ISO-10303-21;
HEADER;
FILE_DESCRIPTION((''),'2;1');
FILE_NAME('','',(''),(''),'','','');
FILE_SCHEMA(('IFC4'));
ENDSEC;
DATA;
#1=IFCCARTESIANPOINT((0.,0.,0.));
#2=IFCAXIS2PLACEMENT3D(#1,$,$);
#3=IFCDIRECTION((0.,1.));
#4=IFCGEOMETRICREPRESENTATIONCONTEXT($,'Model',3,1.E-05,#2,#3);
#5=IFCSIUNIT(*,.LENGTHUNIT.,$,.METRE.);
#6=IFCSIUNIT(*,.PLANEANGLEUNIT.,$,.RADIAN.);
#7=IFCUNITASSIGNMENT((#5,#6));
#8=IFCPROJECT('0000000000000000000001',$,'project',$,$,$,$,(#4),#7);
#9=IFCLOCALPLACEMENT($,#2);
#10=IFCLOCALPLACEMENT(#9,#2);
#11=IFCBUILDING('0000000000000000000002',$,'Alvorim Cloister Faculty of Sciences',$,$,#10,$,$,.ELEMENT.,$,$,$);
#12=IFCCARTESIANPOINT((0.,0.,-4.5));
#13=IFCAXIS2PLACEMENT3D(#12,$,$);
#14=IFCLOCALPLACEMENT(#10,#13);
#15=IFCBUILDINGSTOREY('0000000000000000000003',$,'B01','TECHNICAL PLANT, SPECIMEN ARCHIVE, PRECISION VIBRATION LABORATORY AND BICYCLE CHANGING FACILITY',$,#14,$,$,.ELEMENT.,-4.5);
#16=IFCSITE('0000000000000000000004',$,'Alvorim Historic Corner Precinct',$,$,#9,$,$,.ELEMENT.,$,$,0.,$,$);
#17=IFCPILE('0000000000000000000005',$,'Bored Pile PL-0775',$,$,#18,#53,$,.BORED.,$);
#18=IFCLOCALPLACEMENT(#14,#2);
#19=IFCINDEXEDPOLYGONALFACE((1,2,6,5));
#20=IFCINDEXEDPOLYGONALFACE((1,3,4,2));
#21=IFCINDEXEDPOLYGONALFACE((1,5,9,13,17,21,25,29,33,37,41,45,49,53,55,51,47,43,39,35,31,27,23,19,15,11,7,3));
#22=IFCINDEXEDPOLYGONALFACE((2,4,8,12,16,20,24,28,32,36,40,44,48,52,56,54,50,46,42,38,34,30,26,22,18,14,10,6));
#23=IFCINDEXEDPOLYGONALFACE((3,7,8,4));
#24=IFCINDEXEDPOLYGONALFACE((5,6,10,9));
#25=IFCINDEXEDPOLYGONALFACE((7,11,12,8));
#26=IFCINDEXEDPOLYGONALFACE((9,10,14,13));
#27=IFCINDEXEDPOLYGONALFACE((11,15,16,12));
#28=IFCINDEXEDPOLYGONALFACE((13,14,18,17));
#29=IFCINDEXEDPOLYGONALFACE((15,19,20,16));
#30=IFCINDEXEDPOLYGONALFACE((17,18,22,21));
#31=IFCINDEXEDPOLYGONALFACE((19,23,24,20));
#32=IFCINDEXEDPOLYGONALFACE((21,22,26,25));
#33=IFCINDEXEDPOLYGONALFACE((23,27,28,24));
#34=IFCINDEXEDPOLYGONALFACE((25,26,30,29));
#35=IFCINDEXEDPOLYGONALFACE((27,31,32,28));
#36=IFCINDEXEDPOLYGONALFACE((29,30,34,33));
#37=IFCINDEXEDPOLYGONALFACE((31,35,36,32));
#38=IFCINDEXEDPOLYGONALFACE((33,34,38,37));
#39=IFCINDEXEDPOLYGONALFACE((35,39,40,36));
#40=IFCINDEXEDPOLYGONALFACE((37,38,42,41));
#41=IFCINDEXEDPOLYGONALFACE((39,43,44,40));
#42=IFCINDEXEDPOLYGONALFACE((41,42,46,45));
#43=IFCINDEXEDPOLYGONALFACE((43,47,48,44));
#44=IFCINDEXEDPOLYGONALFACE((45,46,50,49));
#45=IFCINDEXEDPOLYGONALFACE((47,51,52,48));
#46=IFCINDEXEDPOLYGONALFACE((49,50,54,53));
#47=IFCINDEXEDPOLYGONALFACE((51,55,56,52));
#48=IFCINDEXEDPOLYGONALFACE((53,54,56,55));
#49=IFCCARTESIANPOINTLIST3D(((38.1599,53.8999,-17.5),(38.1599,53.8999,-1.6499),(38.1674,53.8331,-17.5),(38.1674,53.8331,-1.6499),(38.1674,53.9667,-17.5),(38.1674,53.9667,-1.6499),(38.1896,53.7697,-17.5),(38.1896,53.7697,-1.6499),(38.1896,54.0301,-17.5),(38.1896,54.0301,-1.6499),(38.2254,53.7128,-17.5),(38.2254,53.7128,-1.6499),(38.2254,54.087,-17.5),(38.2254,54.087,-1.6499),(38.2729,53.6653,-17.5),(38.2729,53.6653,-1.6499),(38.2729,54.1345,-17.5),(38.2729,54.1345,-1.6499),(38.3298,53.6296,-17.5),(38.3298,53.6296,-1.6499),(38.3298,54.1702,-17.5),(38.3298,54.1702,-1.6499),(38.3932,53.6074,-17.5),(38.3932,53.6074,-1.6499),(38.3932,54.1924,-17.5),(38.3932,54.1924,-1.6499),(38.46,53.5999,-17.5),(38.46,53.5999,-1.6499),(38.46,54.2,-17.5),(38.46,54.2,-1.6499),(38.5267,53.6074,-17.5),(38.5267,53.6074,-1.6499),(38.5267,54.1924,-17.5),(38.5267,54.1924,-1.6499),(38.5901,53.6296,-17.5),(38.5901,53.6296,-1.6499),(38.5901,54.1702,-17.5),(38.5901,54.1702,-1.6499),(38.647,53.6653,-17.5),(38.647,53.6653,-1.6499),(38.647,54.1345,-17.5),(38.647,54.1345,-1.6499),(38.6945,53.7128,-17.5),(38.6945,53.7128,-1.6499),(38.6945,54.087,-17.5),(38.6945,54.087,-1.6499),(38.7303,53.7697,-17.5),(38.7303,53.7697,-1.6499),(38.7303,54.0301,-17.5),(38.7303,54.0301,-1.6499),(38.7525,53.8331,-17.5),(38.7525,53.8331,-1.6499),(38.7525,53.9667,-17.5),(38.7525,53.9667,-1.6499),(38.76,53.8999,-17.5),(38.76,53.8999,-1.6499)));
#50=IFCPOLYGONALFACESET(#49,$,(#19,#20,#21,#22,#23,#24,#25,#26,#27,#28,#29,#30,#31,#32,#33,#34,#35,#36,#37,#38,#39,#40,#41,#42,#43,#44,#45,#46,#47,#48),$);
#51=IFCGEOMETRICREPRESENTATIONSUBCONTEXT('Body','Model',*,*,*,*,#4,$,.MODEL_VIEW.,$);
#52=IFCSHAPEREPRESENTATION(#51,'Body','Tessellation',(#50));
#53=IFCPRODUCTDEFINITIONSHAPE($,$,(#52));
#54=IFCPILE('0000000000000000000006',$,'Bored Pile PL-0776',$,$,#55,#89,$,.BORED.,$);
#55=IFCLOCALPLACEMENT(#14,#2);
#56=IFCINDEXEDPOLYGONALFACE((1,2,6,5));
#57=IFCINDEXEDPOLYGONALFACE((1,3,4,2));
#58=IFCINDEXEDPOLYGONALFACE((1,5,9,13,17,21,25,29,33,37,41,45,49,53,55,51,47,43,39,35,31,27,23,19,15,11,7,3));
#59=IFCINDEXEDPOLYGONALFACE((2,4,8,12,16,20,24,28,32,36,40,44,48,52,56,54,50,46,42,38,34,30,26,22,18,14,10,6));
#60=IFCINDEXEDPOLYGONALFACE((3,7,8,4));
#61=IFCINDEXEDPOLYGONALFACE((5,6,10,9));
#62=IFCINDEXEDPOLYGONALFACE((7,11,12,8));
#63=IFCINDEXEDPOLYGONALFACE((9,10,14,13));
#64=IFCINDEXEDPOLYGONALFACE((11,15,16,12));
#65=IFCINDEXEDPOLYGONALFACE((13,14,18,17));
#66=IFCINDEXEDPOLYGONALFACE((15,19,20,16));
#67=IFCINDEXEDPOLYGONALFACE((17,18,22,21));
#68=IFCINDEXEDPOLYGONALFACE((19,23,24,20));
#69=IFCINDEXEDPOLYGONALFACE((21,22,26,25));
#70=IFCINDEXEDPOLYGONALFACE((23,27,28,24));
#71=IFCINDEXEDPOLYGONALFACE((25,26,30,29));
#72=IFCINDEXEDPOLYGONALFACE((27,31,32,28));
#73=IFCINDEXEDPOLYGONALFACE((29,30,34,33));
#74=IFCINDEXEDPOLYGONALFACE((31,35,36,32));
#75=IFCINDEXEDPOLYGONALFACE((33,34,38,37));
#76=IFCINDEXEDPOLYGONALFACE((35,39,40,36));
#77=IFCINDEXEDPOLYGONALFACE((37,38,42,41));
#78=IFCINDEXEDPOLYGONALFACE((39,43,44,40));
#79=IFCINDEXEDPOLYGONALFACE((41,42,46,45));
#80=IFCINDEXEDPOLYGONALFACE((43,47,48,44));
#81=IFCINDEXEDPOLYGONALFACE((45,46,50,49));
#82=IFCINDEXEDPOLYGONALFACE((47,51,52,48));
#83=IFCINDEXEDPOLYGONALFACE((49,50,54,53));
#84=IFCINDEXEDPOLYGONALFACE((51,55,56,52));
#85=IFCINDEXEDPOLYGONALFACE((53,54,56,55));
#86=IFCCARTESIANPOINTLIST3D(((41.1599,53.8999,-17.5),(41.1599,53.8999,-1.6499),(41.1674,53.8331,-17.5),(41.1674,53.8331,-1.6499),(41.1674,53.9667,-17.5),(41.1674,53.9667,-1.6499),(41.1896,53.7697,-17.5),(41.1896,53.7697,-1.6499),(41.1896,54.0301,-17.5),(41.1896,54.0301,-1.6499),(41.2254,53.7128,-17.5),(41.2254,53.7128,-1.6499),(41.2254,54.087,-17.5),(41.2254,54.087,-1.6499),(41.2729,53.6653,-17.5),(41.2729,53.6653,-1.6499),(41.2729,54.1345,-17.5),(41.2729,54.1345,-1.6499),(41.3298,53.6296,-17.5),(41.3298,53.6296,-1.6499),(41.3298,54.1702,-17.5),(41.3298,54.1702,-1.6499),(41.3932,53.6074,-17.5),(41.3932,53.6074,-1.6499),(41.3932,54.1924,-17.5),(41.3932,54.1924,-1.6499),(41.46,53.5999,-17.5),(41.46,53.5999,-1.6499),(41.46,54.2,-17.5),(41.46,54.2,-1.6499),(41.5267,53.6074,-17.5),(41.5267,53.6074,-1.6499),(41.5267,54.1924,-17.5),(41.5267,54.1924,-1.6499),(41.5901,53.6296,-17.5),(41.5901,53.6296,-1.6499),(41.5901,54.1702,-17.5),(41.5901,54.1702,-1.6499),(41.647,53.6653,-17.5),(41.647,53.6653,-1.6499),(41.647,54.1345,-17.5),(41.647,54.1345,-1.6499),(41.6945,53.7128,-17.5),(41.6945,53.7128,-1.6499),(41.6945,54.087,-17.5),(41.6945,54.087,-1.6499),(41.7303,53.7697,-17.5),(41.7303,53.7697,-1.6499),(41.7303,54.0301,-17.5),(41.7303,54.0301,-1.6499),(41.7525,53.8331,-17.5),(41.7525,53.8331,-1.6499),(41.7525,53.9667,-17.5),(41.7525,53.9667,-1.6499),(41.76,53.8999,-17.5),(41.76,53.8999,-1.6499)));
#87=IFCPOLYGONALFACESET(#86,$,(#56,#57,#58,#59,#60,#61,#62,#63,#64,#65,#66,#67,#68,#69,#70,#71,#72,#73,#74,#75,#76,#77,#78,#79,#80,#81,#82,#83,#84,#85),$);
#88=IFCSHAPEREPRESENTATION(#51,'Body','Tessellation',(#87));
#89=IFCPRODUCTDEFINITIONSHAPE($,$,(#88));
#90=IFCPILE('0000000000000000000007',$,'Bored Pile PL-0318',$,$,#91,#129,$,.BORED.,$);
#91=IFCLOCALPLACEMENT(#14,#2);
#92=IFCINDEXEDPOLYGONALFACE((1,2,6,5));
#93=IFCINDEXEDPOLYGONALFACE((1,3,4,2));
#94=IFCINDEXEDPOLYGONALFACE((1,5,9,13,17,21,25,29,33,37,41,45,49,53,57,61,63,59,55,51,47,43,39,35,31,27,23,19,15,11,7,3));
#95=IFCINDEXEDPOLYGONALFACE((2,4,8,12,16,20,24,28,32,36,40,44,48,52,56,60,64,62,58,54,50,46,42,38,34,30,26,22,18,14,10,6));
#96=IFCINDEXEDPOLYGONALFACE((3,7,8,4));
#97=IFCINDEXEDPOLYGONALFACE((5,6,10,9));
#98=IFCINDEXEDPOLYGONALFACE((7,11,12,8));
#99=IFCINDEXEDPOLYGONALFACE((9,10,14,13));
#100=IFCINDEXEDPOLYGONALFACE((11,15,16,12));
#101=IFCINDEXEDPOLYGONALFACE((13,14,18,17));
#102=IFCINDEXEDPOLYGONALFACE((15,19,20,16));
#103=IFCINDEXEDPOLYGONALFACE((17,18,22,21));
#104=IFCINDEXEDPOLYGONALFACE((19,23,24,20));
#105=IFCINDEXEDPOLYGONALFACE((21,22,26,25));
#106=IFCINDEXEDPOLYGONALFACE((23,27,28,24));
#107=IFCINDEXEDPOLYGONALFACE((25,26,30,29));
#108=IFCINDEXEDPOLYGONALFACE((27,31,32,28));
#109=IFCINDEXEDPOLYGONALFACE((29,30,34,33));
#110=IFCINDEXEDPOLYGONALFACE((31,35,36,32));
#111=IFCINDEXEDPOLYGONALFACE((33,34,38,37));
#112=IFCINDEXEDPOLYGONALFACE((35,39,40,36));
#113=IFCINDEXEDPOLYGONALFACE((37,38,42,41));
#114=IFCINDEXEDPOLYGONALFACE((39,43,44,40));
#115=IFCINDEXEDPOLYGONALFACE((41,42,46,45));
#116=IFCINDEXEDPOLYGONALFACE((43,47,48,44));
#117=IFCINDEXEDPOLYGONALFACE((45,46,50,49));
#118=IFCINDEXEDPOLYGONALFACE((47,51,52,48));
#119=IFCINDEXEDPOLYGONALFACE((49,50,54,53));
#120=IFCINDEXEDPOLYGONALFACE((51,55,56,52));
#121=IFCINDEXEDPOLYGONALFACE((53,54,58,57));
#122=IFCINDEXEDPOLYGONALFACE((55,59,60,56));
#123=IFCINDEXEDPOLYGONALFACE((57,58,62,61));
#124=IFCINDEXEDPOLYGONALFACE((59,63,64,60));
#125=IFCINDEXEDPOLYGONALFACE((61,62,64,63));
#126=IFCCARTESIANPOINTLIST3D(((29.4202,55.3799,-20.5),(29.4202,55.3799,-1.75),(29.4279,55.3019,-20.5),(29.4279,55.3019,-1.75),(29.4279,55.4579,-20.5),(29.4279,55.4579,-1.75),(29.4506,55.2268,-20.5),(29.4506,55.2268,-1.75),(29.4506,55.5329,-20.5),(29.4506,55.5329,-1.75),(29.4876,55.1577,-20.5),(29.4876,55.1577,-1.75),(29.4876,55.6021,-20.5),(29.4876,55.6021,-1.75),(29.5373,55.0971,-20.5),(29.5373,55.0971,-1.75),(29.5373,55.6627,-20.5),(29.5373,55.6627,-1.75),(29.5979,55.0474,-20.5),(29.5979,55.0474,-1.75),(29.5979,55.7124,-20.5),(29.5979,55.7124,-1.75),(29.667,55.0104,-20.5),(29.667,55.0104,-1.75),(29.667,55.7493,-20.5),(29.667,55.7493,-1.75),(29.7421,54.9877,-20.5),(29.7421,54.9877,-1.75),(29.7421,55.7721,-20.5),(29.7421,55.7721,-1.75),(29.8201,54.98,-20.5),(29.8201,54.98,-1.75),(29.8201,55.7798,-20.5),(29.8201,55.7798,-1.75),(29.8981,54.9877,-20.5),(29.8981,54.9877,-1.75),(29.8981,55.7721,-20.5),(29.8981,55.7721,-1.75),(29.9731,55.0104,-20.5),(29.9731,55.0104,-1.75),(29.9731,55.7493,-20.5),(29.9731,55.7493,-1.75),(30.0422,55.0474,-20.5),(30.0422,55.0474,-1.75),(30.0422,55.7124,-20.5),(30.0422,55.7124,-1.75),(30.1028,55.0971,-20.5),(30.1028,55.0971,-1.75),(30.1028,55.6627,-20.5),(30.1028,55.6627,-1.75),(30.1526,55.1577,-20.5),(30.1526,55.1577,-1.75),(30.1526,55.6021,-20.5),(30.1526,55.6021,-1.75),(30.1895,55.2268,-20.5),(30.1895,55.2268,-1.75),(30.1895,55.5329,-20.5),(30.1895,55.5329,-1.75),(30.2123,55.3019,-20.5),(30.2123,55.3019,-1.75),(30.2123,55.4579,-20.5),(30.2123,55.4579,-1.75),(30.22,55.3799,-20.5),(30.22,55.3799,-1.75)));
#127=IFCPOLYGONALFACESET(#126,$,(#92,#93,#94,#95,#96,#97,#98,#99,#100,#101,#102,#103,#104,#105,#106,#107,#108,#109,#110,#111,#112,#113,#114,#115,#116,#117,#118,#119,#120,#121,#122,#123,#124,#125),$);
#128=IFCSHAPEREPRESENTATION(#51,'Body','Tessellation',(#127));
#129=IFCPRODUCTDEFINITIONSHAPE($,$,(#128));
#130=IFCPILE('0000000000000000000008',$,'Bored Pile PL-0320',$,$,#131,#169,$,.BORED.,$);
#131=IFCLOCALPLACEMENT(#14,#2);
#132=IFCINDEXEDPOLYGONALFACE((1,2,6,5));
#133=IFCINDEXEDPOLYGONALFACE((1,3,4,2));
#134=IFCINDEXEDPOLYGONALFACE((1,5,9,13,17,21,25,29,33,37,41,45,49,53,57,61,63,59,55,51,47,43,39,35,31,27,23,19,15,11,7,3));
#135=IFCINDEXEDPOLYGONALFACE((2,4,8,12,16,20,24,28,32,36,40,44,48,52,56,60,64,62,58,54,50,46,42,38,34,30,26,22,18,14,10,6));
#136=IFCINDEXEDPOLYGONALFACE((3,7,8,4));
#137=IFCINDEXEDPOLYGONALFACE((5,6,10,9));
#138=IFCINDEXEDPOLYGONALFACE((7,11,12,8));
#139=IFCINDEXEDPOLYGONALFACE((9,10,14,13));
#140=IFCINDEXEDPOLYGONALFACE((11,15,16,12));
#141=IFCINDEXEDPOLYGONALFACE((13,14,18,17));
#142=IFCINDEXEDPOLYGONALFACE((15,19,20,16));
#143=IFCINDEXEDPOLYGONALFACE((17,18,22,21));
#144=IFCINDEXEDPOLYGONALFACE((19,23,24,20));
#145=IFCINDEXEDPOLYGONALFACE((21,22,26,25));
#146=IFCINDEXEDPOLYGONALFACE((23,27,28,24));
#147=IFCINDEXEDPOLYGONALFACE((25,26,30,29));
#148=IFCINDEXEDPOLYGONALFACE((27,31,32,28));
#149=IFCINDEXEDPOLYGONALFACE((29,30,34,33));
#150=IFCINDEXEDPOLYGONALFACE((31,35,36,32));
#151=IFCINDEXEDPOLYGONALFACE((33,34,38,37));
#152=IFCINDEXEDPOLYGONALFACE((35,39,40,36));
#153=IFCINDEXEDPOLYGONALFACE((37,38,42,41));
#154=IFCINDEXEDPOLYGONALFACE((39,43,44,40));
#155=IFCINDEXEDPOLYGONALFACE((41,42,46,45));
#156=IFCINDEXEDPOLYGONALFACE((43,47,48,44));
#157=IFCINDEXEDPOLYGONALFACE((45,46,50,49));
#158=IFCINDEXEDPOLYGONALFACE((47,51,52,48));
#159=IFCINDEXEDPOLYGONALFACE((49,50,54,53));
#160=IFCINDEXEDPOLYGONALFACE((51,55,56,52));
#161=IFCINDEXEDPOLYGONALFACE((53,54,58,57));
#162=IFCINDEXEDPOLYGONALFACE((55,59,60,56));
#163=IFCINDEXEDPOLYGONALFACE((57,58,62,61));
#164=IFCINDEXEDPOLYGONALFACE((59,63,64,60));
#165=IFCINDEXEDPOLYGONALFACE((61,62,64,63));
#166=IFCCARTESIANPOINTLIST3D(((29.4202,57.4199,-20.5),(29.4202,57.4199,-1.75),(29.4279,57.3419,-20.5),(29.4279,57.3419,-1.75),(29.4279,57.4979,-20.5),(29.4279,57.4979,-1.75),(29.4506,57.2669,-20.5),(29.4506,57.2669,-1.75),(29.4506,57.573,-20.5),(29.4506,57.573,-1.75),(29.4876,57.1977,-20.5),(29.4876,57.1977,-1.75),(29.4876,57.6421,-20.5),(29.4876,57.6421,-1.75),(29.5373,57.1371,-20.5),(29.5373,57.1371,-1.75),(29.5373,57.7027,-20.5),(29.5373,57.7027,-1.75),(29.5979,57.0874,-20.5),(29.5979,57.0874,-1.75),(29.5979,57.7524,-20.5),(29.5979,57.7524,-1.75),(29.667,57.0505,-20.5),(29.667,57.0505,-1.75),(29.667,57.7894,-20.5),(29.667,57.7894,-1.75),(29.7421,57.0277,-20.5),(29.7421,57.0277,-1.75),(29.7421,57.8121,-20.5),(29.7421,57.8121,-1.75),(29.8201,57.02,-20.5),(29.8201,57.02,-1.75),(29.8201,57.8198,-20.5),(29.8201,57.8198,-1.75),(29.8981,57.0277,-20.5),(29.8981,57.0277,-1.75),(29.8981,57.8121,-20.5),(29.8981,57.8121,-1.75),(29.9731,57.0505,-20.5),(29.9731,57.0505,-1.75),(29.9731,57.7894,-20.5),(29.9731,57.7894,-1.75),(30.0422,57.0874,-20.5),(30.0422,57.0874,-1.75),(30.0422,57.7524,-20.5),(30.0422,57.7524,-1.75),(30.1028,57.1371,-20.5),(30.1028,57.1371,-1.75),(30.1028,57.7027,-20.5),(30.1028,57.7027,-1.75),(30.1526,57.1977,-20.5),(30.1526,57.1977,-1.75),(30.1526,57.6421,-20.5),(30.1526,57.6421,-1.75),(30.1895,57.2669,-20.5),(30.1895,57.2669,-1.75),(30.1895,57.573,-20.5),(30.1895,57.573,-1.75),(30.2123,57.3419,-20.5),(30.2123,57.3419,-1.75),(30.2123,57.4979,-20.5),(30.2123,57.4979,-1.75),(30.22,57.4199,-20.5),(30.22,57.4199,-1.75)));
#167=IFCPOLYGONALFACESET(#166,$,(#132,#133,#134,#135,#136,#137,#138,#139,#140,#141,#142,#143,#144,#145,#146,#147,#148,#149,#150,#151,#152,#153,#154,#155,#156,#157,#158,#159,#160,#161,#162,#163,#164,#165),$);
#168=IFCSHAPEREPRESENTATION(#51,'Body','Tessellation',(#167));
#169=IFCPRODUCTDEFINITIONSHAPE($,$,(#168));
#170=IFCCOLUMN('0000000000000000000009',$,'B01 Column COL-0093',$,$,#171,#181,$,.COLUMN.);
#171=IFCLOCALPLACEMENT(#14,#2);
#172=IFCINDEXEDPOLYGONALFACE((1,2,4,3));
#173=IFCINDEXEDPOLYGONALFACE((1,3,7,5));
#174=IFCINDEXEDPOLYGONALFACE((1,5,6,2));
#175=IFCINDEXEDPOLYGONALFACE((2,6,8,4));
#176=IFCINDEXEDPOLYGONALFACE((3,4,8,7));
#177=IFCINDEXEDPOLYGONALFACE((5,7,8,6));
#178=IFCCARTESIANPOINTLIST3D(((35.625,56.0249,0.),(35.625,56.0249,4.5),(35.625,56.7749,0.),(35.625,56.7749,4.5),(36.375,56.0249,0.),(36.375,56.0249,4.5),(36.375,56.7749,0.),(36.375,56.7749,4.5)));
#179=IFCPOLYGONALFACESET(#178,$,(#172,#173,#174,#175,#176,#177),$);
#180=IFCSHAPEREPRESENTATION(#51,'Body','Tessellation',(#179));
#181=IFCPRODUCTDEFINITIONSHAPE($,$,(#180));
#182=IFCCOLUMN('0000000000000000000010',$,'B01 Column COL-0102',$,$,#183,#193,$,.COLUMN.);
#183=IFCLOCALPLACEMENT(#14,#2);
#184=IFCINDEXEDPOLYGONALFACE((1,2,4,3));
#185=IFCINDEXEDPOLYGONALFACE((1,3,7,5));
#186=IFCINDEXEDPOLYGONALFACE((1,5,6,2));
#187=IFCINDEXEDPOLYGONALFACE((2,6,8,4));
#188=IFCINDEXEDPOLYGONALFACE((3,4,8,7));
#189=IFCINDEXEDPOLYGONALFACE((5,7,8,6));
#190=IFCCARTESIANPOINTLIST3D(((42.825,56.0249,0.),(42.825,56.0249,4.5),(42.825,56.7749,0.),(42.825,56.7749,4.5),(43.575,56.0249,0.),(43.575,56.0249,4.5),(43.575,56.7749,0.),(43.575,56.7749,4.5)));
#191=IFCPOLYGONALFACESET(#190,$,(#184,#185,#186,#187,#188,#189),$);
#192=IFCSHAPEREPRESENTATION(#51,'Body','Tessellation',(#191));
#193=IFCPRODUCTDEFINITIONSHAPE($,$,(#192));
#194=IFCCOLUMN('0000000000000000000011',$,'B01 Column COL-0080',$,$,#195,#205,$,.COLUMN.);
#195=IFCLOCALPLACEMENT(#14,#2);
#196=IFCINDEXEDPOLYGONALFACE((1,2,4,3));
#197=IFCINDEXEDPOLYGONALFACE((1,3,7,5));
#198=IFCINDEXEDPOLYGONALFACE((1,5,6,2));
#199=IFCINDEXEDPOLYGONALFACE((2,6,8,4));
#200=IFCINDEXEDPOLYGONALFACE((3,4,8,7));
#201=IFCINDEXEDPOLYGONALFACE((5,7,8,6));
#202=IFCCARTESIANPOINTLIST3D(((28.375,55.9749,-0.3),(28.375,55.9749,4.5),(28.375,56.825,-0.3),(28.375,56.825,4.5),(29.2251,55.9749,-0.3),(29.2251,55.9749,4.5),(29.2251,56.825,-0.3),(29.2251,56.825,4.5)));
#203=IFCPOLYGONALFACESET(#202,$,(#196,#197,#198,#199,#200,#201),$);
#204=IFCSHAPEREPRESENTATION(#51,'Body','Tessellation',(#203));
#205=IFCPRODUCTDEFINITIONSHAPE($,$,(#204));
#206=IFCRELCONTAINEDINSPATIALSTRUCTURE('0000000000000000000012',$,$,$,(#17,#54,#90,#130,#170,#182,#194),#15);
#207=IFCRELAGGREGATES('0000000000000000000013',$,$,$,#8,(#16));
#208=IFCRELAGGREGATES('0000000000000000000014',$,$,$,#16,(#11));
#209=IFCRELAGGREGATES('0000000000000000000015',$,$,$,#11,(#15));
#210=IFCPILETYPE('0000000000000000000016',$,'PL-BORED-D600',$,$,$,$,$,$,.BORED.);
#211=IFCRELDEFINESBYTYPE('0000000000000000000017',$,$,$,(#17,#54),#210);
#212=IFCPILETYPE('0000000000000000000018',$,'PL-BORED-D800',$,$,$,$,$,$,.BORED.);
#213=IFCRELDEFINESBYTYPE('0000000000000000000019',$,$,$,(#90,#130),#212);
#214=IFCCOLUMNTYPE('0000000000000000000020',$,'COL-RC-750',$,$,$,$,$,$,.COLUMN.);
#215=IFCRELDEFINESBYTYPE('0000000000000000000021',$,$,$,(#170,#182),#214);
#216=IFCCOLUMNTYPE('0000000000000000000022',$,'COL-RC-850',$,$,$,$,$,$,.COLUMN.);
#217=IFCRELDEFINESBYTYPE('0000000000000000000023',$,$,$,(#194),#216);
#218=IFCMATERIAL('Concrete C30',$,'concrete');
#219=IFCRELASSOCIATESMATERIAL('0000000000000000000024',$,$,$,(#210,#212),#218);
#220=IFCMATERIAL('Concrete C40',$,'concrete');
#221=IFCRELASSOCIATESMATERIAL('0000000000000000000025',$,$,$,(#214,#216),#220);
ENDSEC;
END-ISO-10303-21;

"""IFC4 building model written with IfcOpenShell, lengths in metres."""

from ifc_helpers import new_model, si_unit, direction, frame, origin, origin_2d, place, context, subcontext, project, spatial, rectangle, circle, extrude, material, material_profile, profile_set, type_object, element, save


model = new_model("IFC4")

# Units and contexts
model_context = context("Model", 3, precision=1e-05, world=origin(), true_north=direction((0.0, 1.0)))
body_context = subcontext(model_context, "Body", "Model", "MODEL_VIEW")
ifc_project = project(units=[si_unit("LENGTHUNIT", "METRE"), si_unit("PLANEANGLEUNIT", "RADIAN")], contexts=[model_context])

# Site, building, storey
site_placement = place(None, origin())
site = spatial("IfcSite", under=ifc_project, at=site_placement, Name="Alvorim Historic Corner Precinct", CompositionType="ELEMENT", RefElevation=0.0)
building_placement = place(site_placement, origin())
building = spatial("IfcBuilding", under=site, at=building_placement, Name="Alvorim Cloister Faculty of Sciences", CompositionType="ELEMENT")
storey_placement = place(building_placement, frame((0.0, 0.0, -4.5)))
storey = spatial("IfcBuildingStorey", under=building, at=storey_placement, Name="B01", Description="TECHNICAL PLANT, SPECIMEN ARCHIVE, PRECISION VIBRATION LABORATORY AND BICYCLE CHANGING FACILITY", CompositionType="ELEMENT", Elevation=-4.5)

# Shared definitions
ifc_material_1 = material(Name="Concrete C40", Category="concrete")

# Piles
ifc_material_2 = material(Name="Concrete C30", Category="concrete")
ifc_material_profile_1 = material_profile(ifc_material_2, circle(Radius=0.3, at=origin_2d()), Name="PILE-D600")
ifc_profile_set_1 = profile_set([ifc_material_profile_1], Name="Concrete C30")
pile_type_1 = type_object("IfcPileType", Name="PL-BORED-D600", PredefinedType="BORED", material=ifc_profile_set_1)
for number, where, z_axis, x_axis, name in (
    (1, (38.46, 53.8999, -1.6499), (0.0, 0.0, -1.0), (1.0, 0.0, 0.0), "Bored Pile PL-0775"),
    (2, (41.46, 53.8999, -1.6499), (0.0, 0.0, -1.0), (1.0, 0.0, 0.0), "Bored Pile PL-0776"),
):
    element("IfcPile", number, at=place(storey_placement, frame(where, z_axis=z_axis, x_axis=x_axis)), inside=storey, type_object=pile_type_1, Name=name, PredefinedType="BORED", context=body_context, shape_type="SweptSolid", body=[
        extrude(circle(Radius=0.3, at=origin_2d()), origin(), (0.0, 0.0, 1.0), 15.8501),
    ])
ifc_material_profile_2 = material_profile(ifc_material_2, circle(Radius=0.3999, at=origin_2d()), Name="PILE-D800")
ifc_profile_set_2 = profile_set([ifc_material_profile_2], Name="Concrete C30")
pile_type_2 = type_object("IfcPileType", Name="PL-BORED-D800", PredefinedType="BORED", material=ifc_profile_set_2)
for number, where, z_axis, x_axis, name in (
    (3, (29.8201, 55.3799, -1.75), (0.0, 0.0, -1.0), (1.0, 0.0, 0.0), "Bored Pile PL-0318"),
    (4, (29.8201, 57.4199, -1.75), (0.0, 0.0, -1.0), (1.0, 0.0, 0.0), "Bored Pile PL-0320"),
):
    element("IfcPile", number, at=place(storey_placement, frame(where, z_axis=z_axis, x_axis=x_axis)), inside=storey, type_object=pile_type_2, Name=name, PredefinedType="BORED", context=body_context, shape_type="SweptSolid", body=[
        extrude(circle(Radius=0.3999, at=origin_2d()), origin(), (0.0, 0.0, 1.0), 18.75),
    ])

# Columns
ifc_material_profile_3 = material_profile(ifc_material_1, rectangle(XDim=0.75, YDim=0.75, at=origin_2d()), Name="RC40-COL-750x750")
ifc_profile_set_3 = profile_set([ifc_material_profile_3], Name="Concrete C40")
column_type_1 = type_object("IfcColumnType", Name="COL-RC-750", PredefinedType="COLUMN", material=ifc_profile_set_3)
for number, where, z_axis, x_axis, name in (
    (5, (36.0, 56.3999, 0.0), (0.0, 0.0, 1.0), (1.0, 0.0, 0.0), "B01 Column COL-0093"),
    (6, (43.2, 56.3999, 0.0), (0.0, 0.0, 1.0), (1.0, 0.0, 0.0), "B01 Column COL-0102"),
):
    element("IfcColumn", number, at=place(storey_placement, frame(where, z_axis=z_axis, x_axis=x_axis)), inside=storey, type_object=column_type_1, Name=name, PredefinedType="COLUMN", context=body_context, shape_type="SweptSolid", body=[
        extrude(rectangle(XDim=0.75, YDim=0.75, at=origin_2d()), origin(), (0.0, 0.0, 1.0), 4.5),
    ])
ifc_material_profile_4 = material_profile(ifc_material_1, rectangle(XDim=0.8501, YDim=0.8501, at=origin_2d()), Name="RC40-COL-850x850")
ifc_profile_set_4 = profile_set([ifc_material_profile_4], Name="Concrete C40")
column_type_2 = type_object("IfcColumnType", Name="COL-RC-850", PredefinedType="COLUMN", material=ifc_profile_set_4)
column_1_placement = place(storey_placement, frame((28.8, 56.3999, -0.3), z_axis=(0.0, 0.0, 1.0), x_axis=(1.0, 0.0, 0.0)))
element("IfcColumn", 7, at=column_1_placement, inside=storey, type_object=column_type_2, Name="B01 Column COL-0080", PredefinedType="COLUMN", context=body_context, shape_type="SweptSolid", body=[
    extrude(rectangle(XDim=0.8501, YDim=0.8501, at=origin_2d()), origin(), (0.0, 0.0, 1.0), 4.8),
])

save(model, "model.ifc")
